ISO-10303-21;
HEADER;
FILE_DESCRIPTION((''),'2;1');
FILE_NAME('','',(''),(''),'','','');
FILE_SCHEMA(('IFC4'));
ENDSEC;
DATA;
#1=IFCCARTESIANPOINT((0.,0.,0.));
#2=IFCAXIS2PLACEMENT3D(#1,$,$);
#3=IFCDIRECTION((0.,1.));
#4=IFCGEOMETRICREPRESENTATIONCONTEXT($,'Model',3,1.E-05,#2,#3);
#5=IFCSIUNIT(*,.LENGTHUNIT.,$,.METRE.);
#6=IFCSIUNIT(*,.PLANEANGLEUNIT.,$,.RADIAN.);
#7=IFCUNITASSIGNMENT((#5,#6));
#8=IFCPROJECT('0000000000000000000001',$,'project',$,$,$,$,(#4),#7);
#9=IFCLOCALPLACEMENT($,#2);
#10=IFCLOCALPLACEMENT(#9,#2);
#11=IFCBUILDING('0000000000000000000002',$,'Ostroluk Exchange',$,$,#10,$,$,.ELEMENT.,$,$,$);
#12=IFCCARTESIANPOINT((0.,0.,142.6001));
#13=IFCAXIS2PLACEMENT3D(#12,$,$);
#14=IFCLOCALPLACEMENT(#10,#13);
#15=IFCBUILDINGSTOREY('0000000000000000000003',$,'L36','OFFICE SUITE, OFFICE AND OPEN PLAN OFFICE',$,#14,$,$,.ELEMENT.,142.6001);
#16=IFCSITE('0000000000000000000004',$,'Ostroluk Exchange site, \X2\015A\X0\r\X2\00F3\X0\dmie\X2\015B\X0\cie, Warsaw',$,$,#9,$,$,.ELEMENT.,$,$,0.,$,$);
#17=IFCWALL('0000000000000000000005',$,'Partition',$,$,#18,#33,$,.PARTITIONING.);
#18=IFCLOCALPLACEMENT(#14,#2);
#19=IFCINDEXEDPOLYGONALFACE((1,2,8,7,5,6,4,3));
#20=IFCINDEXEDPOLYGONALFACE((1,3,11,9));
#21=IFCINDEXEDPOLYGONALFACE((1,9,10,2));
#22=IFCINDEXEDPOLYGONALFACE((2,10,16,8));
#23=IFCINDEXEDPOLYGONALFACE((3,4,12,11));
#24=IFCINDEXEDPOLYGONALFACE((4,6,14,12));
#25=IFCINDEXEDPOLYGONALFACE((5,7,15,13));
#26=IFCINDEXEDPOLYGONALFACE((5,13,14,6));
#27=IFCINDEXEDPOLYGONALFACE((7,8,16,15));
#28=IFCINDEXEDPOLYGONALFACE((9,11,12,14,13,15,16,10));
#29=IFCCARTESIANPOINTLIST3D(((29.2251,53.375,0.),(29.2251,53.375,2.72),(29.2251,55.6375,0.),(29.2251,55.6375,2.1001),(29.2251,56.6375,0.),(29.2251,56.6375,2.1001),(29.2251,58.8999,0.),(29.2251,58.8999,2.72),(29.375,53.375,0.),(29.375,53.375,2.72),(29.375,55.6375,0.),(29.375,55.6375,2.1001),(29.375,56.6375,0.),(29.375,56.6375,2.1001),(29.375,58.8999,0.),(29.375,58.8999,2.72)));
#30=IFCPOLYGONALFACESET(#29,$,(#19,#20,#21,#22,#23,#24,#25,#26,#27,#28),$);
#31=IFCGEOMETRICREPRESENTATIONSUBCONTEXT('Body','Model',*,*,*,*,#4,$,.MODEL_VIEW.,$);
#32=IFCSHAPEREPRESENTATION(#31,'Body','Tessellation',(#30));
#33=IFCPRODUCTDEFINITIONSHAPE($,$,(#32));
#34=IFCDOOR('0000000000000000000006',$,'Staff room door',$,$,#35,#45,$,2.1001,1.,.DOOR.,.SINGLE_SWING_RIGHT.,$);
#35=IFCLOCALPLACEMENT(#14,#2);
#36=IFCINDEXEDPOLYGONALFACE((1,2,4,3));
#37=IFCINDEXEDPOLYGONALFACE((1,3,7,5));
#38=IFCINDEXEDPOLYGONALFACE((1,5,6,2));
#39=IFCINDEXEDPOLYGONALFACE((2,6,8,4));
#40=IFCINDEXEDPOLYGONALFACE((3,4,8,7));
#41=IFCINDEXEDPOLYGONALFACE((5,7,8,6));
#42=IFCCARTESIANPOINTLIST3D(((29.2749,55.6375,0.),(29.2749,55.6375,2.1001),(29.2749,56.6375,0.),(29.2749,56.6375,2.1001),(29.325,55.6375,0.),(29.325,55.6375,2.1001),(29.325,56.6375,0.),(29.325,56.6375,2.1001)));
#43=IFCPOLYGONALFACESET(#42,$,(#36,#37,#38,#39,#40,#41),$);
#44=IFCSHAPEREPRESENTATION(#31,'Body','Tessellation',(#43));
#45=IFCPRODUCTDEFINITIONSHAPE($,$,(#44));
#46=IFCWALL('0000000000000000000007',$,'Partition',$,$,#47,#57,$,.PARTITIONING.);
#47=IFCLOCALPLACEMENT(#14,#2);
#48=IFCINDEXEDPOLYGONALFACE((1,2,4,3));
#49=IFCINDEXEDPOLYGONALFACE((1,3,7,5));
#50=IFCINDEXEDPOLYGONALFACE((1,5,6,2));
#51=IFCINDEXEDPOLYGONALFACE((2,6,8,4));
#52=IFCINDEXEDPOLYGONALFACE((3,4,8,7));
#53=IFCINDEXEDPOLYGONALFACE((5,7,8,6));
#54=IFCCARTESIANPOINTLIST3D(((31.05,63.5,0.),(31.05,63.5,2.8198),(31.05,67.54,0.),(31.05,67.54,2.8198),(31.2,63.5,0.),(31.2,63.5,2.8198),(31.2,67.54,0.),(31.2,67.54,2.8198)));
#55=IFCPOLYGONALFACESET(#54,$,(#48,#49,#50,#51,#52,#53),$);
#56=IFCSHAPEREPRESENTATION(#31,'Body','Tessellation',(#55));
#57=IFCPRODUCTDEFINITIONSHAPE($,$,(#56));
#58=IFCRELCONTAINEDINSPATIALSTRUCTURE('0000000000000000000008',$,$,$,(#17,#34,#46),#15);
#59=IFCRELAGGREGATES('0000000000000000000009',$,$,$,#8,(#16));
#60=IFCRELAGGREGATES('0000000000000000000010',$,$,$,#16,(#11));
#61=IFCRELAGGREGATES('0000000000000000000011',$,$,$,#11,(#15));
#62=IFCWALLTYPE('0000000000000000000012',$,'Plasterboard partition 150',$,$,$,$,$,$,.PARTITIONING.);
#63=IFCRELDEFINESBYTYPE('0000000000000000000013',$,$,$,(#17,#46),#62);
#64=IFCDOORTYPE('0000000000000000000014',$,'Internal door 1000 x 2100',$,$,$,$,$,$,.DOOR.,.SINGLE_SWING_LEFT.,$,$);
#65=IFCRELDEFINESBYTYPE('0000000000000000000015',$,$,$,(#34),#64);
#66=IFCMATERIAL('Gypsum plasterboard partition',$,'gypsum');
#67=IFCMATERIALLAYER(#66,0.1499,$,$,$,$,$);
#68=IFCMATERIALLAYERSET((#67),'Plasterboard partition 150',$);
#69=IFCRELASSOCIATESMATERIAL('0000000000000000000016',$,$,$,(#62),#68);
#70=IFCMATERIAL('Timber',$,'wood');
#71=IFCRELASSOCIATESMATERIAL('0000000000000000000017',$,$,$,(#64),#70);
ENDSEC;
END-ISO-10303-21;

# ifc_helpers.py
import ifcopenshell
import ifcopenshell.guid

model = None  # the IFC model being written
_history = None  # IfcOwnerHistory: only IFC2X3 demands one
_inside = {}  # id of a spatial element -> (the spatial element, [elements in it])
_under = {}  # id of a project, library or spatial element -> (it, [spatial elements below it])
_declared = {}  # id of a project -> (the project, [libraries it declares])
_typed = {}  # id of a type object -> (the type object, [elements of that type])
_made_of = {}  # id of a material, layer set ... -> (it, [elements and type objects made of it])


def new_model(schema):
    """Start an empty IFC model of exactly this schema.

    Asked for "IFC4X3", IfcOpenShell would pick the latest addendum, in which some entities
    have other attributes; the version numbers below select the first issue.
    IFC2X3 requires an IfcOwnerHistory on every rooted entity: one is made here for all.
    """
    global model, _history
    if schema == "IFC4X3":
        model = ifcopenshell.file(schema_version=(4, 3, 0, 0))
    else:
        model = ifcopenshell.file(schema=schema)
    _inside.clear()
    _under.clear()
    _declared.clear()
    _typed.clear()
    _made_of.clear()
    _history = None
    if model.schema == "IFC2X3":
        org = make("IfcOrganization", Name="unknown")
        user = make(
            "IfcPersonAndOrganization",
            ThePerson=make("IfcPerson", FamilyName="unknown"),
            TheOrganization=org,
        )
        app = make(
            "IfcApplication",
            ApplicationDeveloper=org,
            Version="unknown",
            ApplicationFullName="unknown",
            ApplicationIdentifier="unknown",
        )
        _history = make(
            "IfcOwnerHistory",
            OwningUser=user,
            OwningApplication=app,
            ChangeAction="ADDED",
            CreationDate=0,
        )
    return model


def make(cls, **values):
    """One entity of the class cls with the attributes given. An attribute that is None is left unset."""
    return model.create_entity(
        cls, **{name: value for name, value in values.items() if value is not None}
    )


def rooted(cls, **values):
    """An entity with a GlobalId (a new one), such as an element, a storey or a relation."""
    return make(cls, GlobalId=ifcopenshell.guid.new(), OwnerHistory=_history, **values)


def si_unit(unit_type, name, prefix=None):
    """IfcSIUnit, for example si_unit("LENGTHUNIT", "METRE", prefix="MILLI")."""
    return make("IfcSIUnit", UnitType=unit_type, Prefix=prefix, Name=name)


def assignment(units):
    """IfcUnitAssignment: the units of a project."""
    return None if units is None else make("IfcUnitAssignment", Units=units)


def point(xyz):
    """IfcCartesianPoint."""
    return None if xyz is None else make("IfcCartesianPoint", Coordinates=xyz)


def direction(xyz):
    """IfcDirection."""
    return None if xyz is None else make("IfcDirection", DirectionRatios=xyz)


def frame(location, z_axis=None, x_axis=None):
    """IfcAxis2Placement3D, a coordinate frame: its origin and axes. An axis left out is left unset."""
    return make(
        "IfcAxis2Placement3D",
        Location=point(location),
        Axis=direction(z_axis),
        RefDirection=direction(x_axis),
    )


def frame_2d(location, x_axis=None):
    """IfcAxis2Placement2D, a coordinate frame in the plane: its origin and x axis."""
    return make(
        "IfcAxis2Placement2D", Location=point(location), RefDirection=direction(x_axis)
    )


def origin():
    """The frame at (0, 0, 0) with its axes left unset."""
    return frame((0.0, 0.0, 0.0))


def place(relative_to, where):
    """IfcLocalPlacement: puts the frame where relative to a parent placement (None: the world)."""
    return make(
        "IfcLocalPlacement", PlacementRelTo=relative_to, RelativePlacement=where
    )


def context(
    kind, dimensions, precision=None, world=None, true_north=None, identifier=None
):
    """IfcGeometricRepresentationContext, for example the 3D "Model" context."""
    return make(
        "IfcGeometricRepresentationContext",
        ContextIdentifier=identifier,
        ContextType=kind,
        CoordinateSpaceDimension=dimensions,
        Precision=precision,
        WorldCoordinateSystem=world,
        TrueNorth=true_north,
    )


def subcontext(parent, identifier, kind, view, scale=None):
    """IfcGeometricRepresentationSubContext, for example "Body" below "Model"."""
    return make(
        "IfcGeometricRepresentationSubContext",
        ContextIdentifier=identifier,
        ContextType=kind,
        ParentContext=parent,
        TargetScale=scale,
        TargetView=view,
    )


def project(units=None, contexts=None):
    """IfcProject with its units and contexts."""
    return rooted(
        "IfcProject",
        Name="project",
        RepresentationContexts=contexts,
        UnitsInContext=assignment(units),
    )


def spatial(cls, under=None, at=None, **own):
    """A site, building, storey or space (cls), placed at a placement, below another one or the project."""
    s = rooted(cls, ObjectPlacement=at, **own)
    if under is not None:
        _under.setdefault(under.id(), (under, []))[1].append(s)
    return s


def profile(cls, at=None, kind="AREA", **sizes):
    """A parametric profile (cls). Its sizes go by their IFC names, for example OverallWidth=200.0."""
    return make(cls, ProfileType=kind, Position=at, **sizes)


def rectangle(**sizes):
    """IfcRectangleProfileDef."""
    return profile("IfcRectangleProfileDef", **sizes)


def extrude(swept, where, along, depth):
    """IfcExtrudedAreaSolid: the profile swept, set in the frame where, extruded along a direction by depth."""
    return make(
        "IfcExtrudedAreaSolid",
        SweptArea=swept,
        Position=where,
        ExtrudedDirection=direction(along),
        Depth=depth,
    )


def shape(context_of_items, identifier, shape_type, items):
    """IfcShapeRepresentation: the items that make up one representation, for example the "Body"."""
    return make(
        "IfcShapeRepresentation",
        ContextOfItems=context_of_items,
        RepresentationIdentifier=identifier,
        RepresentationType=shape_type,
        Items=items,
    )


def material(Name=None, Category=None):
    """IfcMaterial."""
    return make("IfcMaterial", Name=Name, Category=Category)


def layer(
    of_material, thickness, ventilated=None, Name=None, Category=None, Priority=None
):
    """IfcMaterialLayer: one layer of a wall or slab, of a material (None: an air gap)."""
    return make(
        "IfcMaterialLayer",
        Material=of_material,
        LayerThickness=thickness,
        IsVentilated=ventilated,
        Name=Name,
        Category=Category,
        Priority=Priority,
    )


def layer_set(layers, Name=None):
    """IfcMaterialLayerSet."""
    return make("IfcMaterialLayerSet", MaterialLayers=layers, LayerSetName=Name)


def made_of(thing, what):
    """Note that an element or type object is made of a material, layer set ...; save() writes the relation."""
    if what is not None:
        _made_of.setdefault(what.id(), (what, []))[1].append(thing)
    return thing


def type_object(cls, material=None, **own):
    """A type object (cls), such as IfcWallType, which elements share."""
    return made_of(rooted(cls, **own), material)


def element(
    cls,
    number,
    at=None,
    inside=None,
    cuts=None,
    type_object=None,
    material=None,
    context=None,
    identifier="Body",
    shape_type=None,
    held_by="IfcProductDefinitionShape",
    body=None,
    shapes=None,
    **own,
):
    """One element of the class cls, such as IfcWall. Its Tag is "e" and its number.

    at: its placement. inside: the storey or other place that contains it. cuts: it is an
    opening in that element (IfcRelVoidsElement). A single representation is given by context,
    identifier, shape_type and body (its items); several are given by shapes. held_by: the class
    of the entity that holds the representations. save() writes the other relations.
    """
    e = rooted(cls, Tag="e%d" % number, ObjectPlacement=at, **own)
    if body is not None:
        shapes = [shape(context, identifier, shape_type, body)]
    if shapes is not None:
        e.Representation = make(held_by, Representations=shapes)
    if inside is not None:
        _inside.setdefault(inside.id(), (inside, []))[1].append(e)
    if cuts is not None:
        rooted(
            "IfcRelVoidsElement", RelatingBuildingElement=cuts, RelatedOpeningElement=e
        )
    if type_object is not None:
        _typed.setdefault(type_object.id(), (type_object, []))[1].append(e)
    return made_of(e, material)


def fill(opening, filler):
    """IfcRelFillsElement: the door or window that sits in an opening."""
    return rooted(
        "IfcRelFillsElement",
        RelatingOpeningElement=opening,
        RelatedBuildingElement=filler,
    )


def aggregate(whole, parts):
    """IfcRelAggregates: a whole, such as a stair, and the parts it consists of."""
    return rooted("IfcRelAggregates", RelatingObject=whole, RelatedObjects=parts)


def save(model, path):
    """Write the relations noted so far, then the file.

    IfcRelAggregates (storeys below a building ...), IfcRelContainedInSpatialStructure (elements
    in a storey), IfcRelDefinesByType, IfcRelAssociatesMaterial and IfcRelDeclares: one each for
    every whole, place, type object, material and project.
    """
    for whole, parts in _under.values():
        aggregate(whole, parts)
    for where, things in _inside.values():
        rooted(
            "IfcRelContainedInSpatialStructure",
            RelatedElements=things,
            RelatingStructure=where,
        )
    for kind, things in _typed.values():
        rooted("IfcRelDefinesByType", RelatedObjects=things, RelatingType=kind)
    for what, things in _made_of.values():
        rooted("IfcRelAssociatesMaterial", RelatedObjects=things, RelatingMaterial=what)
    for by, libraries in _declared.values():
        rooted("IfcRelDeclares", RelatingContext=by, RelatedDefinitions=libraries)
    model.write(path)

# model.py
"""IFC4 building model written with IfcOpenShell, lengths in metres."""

from ifc_helpers import new_model, si_unit, direction, frame, frame_2d, origin, place, context, subcontext, project, spatial, rectangle, extrude, material, layer, layer_set, type_object, element, fill, save


model = new_model("IFC4")

# Units and contexts
model_context = context("Model", 3, precision=1e-05, world=origin(), true_north=direction((0.0, 1.0)))
body_context = subcontext(model_context, "Body", "Model", "MODEL_VIEW")
ifc_project = project(units=[si_unit("LENGTHUNIT", "METRE"), si_unit("PLANEANGLEUNIT", "RADIAN")], contexts=[model_context])

# Site, building, storey
site_placement = place(None, origin())
site = spatial("IfcSite", under=ifc_project, at=site_placement, Name="Ostroluk Exchange site, Śródmieście, Warsaw", CompositionType="ELEMENT", RefElevation=0.0)
building_placement = place(site_placement, origin())
building = spatial("IfcBuilding", under=site, at=building_placement, Name="Ostroluk Exchange", CompositionType="ELEMENT")
storey_placement = place(building_placement, frame((0.0, 0.0, 142.6001)))
storey = spatial("IfcBuildingStorey", under=building, at=storey_placement, Name="L36", Description="OFFICE SUITE, OFFICE AND OPEN PLAN OFFICE", CompositionType="ELEMENT", Elevation=142.6001)

# Wall, opening, door
ifc_material_1 = material(Name="Gypsum plasterboard partition", Category="gypsum")
ifc_layer_1 = layer(ifc_material_1, 0.1499)
ifc_layer_set_1 = layer_set([ifc_layer_1], Name="Plasterboard partition 150")
wall_type_1 = type_object("IfcWallType", Name="Plasterboard partition 150", PredefinedType="PARTITIONING", material=ifc_layer_set_1)
wall_1_placement = place(storey_placement, frame((29.3, 58.8999, 0.0), z_axis=(0.0, 0.0, 1.0), x_axis=(0.0, -1.0, 0.0)))
wall_1 = element("IfcWall", 1, at=wall_1_placement, inside=storey, type_object=wall_type_1, Name="Partition", PredefinedType="PARTITIONING", context=body_context, shape_type="SweptSolid", body=[
    extrude(rectangle(XDim=5.5249, YDim=0.1499, at=frame_2d((2.7625, 0.0))), origin(), (0.0, 0.0, 1.0), 2.72),
])
opening_1_placement = place(wall_1_placement, frame((2.2625, 0.0, 0.0)))
opening_1 = element("IfcOpeningElement", 2, at=opening_1_placement, cuts=wall_1, PredefinedType="OPENING", context=body_context, shape_type="SweptSolid", body=[
    extrude(rectangle(XDim=1.0, YDim=2.1001, at=frame_2d((0.5, 1.05))), frame((0.0, 0.085, 0.0), z_axis=(0.0, -1.0, 0.0), x_axis=(1.0, 0.0, 0.0)), (0.0, 0.0, 1.0), 0.1699),
])
ifc_material_2 = material(Name="Timber", Category="wood")
door_type_1 = type_object("IfcDoorType", Name="Internal door 1000 x 2100", OperationType="SINGLE_SWING_LEFT", PredefinedType="DOOR", material=ifc_material_2)
door_1_placement = place(opening_1_placement, origin())
door_1 = element("IfcDoor", 3, at=door_1_placement, inside=storey, type_object=door_type_1, Name="Staff room door", OperationType="SINGLE_SWING_RIGHT", OverallHeight=2.1001, OverallWidth=1.0, PredefinedType="DOOR", context=body_context, shape_type="SweptSolid", body=[
    extrude(rectangle(XDim=1.0, YDim=2.1001, at=frame_2d((0.5, 1.05))), frame((0.0, 0.0249, 0.0), z_axis=(0.0, -1.0, 0.0), x_axis=(1.0, 0.0, 0.0)), (0.0, 0.0, 1.0), 0.05),
])
fill(opening_1, door_1)

# Wall
wall_2_placement = place(storey_placement, frame((31.125, 63.5, 0.0), z_axis=(0.0, 0.0, 1.0), x_axis=(0.0, 1.0, 0.0)))
element("IfcWall", 4, at=wall_2_placement, inside=storey, type_object=wall_type_1, Name="Partition", PredefinedType="PARTITIONING", context=body_context, shape_type="SweptSolid", body=[
    extrude(rectangle(XDim=4.04, YDim=0.1499, at=frame_2d((2.02, 0.0))), origin(), (0.0, 0.0, 1.0), 2.8198),
])

save(model, "model.ifc")
